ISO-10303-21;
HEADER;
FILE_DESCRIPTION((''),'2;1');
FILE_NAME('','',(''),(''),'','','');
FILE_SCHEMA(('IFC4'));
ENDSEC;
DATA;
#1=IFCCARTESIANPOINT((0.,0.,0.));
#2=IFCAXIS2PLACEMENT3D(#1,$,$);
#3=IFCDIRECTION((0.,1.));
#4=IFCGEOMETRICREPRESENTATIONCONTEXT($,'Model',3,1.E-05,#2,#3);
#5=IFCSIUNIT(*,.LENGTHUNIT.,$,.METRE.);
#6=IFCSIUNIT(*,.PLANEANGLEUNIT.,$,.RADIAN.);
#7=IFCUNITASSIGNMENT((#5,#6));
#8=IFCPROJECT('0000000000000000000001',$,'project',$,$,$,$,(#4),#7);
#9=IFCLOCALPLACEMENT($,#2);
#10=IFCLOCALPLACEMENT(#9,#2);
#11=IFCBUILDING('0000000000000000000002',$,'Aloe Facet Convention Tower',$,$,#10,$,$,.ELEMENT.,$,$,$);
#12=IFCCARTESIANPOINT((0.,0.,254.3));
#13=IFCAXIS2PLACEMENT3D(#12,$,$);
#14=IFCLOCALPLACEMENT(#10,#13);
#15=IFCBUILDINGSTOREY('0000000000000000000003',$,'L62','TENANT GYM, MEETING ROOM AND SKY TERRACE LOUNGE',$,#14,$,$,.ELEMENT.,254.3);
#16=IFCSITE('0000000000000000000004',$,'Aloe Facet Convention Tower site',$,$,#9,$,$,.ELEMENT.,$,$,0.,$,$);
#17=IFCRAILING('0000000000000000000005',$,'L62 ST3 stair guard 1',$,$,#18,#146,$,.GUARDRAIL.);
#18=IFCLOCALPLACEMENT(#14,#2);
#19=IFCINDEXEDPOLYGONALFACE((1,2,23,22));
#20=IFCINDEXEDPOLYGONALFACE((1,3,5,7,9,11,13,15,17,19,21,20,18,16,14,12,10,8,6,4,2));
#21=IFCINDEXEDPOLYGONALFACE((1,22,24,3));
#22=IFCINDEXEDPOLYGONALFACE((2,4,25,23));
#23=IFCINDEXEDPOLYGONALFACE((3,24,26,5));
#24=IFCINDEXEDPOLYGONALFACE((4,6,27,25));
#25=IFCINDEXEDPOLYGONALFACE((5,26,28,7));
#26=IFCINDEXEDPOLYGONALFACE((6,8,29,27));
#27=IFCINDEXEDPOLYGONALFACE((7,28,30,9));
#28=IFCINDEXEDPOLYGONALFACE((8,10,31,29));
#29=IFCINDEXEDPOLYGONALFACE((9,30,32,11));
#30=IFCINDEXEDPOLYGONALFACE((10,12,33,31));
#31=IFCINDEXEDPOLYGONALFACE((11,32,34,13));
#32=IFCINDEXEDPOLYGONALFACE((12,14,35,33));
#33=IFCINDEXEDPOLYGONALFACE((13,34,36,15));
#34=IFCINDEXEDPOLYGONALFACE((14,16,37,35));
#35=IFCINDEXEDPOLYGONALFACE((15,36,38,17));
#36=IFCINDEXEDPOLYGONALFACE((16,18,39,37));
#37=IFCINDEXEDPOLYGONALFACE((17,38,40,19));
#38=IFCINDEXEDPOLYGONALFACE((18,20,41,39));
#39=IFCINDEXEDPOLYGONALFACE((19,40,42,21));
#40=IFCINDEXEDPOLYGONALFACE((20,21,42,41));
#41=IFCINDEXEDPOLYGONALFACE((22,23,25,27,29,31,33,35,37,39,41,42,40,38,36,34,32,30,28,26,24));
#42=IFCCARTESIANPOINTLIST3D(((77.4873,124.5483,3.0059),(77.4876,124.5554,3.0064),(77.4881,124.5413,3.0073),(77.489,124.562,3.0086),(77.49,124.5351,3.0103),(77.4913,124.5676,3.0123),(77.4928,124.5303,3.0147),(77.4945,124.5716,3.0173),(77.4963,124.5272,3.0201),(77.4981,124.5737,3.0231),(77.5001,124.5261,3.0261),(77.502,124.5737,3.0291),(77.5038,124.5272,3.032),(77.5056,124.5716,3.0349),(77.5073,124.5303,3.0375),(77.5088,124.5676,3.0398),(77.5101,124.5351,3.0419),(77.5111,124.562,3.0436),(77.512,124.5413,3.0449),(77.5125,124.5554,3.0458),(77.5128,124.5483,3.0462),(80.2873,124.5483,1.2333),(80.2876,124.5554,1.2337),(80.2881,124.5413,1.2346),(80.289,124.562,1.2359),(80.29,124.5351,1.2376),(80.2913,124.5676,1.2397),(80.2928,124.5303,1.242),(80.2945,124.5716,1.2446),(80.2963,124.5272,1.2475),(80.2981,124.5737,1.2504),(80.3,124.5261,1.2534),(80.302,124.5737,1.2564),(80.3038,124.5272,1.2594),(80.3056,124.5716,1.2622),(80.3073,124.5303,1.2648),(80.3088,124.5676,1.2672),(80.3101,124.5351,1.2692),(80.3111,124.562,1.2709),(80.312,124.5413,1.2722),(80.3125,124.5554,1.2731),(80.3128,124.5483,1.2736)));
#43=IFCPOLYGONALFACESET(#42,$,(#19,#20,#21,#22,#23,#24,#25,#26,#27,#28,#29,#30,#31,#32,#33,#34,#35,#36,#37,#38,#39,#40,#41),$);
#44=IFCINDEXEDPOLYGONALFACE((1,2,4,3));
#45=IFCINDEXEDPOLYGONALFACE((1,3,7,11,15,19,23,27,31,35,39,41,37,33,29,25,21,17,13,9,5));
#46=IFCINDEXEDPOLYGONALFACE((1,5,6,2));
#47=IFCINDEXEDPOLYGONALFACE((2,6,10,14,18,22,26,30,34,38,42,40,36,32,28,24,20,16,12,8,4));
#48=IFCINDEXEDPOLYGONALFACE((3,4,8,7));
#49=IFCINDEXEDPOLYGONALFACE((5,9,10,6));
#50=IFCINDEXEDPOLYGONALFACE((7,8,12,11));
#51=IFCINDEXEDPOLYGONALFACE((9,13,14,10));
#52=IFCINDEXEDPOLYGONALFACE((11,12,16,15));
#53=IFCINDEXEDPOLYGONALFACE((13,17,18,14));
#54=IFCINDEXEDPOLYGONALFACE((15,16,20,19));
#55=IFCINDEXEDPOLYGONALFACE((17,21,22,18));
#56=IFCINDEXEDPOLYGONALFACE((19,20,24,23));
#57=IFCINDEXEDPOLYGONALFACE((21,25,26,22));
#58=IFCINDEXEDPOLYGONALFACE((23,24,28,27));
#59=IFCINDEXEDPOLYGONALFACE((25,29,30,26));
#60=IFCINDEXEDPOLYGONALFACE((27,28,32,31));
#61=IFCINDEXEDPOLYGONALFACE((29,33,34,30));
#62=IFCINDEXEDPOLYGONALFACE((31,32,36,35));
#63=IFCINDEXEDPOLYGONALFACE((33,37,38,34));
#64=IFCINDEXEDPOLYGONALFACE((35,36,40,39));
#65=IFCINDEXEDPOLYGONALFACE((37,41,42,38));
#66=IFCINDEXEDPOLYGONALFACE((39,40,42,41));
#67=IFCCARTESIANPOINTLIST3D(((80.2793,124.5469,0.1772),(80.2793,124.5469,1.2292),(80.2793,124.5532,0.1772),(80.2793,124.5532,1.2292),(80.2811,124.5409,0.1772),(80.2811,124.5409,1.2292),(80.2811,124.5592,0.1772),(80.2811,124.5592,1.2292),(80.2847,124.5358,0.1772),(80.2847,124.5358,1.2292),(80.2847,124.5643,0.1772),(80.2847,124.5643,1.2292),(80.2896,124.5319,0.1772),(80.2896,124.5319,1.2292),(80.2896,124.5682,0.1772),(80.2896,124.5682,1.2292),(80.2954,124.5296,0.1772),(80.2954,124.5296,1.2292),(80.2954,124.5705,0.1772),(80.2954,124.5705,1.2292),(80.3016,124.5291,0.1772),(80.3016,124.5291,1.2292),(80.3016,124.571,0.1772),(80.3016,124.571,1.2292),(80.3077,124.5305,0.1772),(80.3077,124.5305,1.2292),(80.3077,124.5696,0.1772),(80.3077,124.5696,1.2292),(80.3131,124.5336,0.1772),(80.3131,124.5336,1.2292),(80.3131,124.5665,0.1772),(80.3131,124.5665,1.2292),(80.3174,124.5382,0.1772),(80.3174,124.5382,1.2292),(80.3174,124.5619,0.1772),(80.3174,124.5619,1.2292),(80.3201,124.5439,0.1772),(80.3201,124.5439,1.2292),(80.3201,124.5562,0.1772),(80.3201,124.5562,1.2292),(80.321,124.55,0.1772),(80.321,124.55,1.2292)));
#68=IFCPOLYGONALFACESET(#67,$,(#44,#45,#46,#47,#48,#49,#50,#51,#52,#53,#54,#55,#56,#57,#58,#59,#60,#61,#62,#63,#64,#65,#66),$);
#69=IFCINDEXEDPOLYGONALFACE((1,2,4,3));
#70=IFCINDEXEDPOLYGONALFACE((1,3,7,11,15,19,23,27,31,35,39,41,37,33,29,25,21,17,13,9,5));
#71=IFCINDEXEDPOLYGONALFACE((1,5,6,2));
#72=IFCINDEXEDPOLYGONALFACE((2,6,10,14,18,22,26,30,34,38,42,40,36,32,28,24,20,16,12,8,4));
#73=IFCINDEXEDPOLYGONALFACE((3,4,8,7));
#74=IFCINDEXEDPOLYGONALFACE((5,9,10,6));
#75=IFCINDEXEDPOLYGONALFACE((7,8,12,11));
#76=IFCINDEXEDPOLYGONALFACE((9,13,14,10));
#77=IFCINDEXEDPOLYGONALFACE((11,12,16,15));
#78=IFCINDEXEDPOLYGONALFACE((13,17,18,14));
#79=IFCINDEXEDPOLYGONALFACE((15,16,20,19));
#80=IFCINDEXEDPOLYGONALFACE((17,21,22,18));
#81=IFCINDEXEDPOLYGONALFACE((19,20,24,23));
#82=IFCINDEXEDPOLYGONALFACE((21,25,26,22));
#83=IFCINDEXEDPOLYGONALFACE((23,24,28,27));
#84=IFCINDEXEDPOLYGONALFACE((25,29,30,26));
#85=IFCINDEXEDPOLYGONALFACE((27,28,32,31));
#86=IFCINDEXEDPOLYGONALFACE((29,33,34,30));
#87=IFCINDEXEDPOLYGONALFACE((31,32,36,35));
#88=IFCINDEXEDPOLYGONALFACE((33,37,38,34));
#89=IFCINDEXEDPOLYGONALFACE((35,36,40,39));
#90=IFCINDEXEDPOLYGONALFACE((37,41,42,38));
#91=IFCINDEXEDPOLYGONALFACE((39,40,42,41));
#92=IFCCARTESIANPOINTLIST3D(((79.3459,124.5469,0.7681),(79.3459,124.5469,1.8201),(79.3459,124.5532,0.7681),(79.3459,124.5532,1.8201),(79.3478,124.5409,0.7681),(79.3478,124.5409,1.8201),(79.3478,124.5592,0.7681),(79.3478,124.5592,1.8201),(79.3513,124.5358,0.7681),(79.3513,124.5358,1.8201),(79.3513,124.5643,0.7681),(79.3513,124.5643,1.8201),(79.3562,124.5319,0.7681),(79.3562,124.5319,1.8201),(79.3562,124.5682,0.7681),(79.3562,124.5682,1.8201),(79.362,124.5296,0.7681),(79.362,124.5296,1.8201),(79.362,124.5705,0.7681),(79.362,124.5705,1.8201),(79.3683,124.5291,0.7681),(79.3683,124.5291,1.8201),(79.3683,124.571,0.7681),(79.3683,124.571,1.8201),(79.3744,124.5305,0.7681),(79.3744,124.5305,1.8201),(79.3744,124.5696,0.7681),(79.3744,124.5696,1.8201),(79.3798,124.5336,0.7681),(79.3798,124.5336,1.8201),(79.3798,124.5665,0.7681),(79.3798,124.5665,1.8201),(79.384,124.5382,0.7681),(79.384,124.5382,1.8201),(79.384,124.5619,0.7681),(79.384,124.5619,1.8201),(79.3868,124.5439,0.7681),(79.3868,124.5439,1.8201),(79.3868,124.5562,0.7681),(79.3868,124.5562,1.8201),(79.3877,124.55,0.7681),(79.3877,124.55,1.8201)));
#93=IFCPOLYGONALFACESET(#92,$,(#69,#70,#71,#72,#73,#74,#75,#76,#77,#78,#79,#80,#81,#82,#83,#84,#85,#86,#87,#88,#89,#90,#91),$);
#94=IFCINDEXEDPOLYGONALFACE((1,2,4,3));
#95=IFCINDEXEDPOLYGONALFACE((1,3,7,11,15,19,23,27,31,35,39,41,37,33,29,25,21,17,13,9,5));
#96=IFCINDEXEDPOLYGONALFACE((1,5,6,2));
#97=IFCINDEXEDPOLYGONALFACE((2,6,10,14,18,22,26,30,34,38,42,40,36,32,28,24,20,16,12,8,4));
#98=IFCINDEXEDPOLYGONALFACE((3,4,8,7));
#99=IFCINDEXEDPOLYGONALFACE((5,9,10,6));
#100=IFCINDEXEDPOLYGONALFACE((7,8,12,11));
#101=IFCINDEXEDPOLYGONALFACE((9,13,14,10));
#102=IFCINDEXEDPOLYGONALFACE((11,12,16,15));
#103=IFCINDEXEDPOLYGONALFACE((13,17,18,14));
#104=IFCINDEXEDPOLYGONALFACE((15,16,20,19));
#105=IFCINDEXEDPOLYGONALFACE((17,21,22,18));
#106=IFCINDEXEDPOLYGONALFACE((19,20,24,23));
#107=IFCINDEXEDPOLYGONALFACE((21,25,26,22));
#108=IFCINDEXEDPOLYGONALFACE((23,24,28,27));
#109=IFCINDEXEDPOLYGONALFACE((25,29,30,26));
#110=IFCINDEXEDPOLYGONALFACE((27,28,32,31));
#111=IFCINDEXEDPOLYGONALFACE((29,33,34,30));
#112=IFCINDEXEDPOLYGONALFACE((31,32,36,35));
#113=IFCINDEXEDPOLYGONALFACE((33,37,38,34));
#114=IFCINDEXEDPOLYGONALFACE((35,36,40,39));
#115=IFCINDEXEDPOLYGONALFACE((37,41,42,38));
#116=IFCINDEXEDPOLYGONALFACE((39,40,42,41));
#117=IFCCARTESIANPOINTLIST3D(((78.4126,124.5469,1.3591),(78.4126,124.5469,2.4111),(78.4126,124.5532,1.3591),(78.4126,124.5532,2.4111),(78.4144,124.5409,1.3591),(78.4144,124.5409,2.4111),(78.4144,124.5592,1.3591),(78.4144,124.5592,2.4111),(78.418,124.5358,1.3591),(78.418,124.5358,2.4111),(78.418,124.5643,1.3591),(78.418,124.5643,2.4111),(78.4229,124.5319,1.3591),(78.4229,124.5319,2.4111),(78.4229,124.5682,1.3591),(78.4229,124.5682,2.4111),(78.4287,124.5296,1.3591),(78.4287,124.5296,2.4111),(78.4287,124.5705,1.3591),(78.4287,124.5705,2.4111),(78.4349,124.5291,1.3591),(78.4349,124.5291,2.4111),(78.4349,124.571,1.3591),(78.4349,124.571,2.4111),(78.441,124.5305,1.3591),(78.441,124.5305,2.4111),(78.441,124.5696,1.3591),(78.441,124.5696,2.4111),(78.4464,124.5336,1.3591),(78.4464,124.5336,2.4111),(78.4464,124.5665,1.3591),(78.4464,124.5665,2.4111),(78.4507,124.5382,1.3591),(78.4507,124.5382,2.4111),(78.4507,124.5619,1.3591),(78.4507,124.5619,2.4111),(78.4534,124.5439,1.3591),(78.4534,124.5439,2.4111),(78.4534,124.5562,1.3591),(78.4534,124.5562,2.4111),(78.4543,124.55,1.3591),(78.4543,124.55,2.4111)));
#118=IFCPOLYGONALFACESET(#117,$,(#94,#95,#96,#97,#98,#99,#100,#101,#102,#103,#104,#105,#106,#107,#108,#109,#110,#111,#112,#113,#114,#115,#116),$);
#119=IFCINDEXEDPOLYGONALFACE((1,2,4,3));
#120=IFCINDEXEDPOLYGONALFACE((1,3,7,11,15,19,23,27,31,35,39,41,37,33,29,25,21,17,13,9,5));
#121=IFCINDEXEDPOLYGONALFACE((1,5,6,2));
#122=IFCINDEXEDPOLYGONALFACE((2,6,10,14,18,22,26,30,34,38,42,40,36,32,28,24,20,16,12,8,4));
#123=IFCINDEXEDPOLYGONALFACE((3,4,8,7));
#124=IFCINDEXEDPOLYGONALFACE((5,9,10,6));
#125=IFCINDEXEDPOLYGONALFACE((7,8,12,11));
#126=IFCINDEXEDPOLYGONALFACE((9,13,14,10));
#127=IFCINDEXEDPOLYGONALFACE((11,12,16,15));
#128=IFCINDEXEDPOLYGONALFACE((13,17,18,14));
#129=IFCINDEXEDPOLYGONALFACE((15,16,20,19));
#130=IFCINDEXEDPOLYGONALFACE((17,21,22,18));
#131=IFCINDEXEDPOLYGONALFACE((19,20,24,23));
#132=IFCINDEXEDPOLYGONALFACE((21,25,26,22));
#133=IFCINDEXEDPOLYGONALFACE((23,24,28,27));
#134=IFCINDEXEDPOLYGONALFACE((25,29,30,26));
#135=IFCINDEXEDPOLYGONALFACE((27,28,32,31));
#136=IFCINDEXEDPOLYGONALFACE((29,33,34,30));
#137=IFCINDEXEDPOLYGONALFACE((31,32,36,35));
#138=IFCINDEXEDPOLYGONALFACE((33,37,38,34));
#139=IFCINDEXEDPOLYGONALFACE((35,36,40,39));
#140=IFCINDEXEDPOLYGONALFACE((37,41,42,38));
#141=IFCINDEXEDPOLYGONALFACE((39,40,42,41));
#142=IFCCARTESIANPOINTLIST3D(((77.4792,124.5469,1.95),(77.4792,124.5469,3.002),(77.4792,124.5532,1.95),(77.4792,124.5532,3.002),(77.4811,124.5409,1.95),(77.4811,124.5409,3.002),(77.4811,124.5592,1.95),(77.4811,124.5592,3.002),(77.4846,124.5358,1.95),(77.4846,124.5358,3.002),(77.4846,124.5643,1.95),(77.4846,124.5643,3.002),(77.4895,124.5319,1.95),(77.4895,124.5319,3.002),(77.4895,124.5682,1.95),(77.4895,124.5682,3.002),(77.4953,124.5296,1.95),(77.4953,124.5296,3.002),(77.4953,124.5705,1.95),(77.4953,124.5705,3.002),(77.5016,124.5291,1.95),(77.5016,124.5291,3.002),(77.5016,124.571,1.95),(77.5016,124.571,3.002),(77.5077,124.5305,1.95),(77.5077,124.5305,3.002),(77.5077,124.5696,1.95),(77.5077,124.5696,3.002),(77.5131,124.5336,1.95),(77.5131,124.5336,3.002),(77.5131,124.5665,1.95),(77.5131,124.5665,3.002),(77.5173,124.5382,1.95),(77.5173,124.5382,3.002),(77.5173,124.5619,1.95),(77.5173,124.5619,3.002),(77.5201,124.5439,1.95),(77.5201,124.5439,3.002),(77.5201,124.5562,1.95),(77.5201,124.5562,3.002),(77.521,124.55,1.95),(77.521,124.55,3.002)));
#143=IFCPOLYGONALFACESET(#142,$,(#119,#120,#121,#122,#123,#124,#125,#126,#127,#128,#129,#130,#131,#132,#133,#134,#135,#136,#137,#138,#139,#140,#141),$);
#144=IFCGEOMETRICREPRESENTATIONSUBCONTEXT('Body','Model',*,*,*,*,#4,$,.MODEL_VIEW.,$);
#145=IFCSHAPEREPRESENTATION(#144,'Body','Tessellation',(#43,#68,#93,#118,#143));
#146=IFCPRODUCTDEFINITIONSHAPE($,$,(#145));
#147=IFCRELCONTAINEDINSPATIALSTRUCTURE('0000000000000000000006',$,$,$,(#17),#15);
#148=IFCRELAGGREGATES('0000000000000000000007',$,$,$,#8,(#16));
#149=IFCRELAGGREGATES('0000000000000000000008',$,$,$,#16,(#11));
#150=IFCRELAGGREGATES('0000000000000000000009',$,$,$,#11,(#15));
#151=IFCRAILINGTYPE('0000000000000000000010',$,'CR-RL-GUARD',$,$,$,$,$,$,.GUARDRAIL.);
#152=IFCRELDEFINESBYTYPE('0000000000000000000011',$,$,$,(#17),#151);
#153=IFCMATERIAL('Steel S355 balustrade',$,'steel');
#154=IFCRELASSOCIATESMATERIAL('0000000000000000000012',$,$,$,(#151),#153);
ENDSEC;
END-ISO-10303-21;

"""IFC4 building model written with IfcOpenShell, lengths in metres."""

from ifc_helpers import new_model, si_unit, direction, frame, origin, origin_2d, place, context, subcontext, project, spatial, circle, extrude, material, type_object, element, save


model = new_model("IFC4")

# Units and contexts
model_context = context("Model", 3, precision=1e-05, world=origin(), true_north=direction((0.0, 1.0)))
body_context = subcontext(model_context, "Body", "Model", "MODEL_VIEW")
ifc_project = project(units=[si_unit("LENGTHUNIT", "METRE"), si_unit("PLANEANGLEUNIT", "RADIAN")], contexts=[model_context])

# Site, building, storey
site_placement = place(None, origin())
site = spatial("IfcSite", under=ifc_project, at=site_placement, Name="Aloe Facet Convention Tower site", CompositionType="ELEMENT", RefElevation=0.0)
building_placement = place(site_placement, origin())
building = spatial("IfcBuilding", under=site, at=building_placement, Name="Aloe Facet Convention Tower", CompositionType="ELEMENT")
storey_placement = place(building_placement, frame((0.0, 0.0, 254.3)))
storey = spatial("IfcBuildingStorey", under=building, at=storey_placement, Name="L62", Description="TENANT GYM, MEETING ROOM AND SKY TERRACE LOUNGE", CompositionType="ELEMENT", Elevation=254.3)

# Railing
ifc_material_1 = material(Name="Steel S355 balustrade", Category="steel")
railing_type_1 = type_object("IfcRailingType", Name="CR-RL-GUARD", PredefinedType="GUARDRAIL", material=ifc_material_1)
railing_1_placement = place(storey_placement, frame((80.3, 124.55, 0.1772)))
element("IfcRailing", 1, at=railing_1_placement, inside=storey, type_object=railing_type_1, Name="L62 ST3 stair guard 1", PredefinedType="GUARDRAIL", context=body_context, shape_type="SweptSolid", body=[
    extrude(circle(Radius=0.0239, at=origin_2d()), frame((0.0, 0.0, 1.0762), z_axis=(-0.844909, 0.0, 0.53491), x_axis=(0.0, -1.0, 0.0)), (0.0, 0.0, 1.0), 3.314),
    extrude(circle(Radius=0.021, at=origin_2d()), origin(), (0.0, 0.0, 1.0), 1.052),
    extrude(circle(Radius=0.021, at=origin_2d()), frame((-0.9333, 0.0, 0.5908)), (0.0, 0.0, 1.0), 1.052),
    extrude(circle(Radius=0.021, at=origin_2d()), frame((-1.8667, 0.0, 1.1819)), (0.0, 0.0, 1.0), 1.052),
    extrude(circle(Radius=0.021, at=origin_2d()), frame((-2.8, 0.0, 1.7727)), (0.0, 0.0, 1.0), 1.052),
])

save(model, "model.ifc")
